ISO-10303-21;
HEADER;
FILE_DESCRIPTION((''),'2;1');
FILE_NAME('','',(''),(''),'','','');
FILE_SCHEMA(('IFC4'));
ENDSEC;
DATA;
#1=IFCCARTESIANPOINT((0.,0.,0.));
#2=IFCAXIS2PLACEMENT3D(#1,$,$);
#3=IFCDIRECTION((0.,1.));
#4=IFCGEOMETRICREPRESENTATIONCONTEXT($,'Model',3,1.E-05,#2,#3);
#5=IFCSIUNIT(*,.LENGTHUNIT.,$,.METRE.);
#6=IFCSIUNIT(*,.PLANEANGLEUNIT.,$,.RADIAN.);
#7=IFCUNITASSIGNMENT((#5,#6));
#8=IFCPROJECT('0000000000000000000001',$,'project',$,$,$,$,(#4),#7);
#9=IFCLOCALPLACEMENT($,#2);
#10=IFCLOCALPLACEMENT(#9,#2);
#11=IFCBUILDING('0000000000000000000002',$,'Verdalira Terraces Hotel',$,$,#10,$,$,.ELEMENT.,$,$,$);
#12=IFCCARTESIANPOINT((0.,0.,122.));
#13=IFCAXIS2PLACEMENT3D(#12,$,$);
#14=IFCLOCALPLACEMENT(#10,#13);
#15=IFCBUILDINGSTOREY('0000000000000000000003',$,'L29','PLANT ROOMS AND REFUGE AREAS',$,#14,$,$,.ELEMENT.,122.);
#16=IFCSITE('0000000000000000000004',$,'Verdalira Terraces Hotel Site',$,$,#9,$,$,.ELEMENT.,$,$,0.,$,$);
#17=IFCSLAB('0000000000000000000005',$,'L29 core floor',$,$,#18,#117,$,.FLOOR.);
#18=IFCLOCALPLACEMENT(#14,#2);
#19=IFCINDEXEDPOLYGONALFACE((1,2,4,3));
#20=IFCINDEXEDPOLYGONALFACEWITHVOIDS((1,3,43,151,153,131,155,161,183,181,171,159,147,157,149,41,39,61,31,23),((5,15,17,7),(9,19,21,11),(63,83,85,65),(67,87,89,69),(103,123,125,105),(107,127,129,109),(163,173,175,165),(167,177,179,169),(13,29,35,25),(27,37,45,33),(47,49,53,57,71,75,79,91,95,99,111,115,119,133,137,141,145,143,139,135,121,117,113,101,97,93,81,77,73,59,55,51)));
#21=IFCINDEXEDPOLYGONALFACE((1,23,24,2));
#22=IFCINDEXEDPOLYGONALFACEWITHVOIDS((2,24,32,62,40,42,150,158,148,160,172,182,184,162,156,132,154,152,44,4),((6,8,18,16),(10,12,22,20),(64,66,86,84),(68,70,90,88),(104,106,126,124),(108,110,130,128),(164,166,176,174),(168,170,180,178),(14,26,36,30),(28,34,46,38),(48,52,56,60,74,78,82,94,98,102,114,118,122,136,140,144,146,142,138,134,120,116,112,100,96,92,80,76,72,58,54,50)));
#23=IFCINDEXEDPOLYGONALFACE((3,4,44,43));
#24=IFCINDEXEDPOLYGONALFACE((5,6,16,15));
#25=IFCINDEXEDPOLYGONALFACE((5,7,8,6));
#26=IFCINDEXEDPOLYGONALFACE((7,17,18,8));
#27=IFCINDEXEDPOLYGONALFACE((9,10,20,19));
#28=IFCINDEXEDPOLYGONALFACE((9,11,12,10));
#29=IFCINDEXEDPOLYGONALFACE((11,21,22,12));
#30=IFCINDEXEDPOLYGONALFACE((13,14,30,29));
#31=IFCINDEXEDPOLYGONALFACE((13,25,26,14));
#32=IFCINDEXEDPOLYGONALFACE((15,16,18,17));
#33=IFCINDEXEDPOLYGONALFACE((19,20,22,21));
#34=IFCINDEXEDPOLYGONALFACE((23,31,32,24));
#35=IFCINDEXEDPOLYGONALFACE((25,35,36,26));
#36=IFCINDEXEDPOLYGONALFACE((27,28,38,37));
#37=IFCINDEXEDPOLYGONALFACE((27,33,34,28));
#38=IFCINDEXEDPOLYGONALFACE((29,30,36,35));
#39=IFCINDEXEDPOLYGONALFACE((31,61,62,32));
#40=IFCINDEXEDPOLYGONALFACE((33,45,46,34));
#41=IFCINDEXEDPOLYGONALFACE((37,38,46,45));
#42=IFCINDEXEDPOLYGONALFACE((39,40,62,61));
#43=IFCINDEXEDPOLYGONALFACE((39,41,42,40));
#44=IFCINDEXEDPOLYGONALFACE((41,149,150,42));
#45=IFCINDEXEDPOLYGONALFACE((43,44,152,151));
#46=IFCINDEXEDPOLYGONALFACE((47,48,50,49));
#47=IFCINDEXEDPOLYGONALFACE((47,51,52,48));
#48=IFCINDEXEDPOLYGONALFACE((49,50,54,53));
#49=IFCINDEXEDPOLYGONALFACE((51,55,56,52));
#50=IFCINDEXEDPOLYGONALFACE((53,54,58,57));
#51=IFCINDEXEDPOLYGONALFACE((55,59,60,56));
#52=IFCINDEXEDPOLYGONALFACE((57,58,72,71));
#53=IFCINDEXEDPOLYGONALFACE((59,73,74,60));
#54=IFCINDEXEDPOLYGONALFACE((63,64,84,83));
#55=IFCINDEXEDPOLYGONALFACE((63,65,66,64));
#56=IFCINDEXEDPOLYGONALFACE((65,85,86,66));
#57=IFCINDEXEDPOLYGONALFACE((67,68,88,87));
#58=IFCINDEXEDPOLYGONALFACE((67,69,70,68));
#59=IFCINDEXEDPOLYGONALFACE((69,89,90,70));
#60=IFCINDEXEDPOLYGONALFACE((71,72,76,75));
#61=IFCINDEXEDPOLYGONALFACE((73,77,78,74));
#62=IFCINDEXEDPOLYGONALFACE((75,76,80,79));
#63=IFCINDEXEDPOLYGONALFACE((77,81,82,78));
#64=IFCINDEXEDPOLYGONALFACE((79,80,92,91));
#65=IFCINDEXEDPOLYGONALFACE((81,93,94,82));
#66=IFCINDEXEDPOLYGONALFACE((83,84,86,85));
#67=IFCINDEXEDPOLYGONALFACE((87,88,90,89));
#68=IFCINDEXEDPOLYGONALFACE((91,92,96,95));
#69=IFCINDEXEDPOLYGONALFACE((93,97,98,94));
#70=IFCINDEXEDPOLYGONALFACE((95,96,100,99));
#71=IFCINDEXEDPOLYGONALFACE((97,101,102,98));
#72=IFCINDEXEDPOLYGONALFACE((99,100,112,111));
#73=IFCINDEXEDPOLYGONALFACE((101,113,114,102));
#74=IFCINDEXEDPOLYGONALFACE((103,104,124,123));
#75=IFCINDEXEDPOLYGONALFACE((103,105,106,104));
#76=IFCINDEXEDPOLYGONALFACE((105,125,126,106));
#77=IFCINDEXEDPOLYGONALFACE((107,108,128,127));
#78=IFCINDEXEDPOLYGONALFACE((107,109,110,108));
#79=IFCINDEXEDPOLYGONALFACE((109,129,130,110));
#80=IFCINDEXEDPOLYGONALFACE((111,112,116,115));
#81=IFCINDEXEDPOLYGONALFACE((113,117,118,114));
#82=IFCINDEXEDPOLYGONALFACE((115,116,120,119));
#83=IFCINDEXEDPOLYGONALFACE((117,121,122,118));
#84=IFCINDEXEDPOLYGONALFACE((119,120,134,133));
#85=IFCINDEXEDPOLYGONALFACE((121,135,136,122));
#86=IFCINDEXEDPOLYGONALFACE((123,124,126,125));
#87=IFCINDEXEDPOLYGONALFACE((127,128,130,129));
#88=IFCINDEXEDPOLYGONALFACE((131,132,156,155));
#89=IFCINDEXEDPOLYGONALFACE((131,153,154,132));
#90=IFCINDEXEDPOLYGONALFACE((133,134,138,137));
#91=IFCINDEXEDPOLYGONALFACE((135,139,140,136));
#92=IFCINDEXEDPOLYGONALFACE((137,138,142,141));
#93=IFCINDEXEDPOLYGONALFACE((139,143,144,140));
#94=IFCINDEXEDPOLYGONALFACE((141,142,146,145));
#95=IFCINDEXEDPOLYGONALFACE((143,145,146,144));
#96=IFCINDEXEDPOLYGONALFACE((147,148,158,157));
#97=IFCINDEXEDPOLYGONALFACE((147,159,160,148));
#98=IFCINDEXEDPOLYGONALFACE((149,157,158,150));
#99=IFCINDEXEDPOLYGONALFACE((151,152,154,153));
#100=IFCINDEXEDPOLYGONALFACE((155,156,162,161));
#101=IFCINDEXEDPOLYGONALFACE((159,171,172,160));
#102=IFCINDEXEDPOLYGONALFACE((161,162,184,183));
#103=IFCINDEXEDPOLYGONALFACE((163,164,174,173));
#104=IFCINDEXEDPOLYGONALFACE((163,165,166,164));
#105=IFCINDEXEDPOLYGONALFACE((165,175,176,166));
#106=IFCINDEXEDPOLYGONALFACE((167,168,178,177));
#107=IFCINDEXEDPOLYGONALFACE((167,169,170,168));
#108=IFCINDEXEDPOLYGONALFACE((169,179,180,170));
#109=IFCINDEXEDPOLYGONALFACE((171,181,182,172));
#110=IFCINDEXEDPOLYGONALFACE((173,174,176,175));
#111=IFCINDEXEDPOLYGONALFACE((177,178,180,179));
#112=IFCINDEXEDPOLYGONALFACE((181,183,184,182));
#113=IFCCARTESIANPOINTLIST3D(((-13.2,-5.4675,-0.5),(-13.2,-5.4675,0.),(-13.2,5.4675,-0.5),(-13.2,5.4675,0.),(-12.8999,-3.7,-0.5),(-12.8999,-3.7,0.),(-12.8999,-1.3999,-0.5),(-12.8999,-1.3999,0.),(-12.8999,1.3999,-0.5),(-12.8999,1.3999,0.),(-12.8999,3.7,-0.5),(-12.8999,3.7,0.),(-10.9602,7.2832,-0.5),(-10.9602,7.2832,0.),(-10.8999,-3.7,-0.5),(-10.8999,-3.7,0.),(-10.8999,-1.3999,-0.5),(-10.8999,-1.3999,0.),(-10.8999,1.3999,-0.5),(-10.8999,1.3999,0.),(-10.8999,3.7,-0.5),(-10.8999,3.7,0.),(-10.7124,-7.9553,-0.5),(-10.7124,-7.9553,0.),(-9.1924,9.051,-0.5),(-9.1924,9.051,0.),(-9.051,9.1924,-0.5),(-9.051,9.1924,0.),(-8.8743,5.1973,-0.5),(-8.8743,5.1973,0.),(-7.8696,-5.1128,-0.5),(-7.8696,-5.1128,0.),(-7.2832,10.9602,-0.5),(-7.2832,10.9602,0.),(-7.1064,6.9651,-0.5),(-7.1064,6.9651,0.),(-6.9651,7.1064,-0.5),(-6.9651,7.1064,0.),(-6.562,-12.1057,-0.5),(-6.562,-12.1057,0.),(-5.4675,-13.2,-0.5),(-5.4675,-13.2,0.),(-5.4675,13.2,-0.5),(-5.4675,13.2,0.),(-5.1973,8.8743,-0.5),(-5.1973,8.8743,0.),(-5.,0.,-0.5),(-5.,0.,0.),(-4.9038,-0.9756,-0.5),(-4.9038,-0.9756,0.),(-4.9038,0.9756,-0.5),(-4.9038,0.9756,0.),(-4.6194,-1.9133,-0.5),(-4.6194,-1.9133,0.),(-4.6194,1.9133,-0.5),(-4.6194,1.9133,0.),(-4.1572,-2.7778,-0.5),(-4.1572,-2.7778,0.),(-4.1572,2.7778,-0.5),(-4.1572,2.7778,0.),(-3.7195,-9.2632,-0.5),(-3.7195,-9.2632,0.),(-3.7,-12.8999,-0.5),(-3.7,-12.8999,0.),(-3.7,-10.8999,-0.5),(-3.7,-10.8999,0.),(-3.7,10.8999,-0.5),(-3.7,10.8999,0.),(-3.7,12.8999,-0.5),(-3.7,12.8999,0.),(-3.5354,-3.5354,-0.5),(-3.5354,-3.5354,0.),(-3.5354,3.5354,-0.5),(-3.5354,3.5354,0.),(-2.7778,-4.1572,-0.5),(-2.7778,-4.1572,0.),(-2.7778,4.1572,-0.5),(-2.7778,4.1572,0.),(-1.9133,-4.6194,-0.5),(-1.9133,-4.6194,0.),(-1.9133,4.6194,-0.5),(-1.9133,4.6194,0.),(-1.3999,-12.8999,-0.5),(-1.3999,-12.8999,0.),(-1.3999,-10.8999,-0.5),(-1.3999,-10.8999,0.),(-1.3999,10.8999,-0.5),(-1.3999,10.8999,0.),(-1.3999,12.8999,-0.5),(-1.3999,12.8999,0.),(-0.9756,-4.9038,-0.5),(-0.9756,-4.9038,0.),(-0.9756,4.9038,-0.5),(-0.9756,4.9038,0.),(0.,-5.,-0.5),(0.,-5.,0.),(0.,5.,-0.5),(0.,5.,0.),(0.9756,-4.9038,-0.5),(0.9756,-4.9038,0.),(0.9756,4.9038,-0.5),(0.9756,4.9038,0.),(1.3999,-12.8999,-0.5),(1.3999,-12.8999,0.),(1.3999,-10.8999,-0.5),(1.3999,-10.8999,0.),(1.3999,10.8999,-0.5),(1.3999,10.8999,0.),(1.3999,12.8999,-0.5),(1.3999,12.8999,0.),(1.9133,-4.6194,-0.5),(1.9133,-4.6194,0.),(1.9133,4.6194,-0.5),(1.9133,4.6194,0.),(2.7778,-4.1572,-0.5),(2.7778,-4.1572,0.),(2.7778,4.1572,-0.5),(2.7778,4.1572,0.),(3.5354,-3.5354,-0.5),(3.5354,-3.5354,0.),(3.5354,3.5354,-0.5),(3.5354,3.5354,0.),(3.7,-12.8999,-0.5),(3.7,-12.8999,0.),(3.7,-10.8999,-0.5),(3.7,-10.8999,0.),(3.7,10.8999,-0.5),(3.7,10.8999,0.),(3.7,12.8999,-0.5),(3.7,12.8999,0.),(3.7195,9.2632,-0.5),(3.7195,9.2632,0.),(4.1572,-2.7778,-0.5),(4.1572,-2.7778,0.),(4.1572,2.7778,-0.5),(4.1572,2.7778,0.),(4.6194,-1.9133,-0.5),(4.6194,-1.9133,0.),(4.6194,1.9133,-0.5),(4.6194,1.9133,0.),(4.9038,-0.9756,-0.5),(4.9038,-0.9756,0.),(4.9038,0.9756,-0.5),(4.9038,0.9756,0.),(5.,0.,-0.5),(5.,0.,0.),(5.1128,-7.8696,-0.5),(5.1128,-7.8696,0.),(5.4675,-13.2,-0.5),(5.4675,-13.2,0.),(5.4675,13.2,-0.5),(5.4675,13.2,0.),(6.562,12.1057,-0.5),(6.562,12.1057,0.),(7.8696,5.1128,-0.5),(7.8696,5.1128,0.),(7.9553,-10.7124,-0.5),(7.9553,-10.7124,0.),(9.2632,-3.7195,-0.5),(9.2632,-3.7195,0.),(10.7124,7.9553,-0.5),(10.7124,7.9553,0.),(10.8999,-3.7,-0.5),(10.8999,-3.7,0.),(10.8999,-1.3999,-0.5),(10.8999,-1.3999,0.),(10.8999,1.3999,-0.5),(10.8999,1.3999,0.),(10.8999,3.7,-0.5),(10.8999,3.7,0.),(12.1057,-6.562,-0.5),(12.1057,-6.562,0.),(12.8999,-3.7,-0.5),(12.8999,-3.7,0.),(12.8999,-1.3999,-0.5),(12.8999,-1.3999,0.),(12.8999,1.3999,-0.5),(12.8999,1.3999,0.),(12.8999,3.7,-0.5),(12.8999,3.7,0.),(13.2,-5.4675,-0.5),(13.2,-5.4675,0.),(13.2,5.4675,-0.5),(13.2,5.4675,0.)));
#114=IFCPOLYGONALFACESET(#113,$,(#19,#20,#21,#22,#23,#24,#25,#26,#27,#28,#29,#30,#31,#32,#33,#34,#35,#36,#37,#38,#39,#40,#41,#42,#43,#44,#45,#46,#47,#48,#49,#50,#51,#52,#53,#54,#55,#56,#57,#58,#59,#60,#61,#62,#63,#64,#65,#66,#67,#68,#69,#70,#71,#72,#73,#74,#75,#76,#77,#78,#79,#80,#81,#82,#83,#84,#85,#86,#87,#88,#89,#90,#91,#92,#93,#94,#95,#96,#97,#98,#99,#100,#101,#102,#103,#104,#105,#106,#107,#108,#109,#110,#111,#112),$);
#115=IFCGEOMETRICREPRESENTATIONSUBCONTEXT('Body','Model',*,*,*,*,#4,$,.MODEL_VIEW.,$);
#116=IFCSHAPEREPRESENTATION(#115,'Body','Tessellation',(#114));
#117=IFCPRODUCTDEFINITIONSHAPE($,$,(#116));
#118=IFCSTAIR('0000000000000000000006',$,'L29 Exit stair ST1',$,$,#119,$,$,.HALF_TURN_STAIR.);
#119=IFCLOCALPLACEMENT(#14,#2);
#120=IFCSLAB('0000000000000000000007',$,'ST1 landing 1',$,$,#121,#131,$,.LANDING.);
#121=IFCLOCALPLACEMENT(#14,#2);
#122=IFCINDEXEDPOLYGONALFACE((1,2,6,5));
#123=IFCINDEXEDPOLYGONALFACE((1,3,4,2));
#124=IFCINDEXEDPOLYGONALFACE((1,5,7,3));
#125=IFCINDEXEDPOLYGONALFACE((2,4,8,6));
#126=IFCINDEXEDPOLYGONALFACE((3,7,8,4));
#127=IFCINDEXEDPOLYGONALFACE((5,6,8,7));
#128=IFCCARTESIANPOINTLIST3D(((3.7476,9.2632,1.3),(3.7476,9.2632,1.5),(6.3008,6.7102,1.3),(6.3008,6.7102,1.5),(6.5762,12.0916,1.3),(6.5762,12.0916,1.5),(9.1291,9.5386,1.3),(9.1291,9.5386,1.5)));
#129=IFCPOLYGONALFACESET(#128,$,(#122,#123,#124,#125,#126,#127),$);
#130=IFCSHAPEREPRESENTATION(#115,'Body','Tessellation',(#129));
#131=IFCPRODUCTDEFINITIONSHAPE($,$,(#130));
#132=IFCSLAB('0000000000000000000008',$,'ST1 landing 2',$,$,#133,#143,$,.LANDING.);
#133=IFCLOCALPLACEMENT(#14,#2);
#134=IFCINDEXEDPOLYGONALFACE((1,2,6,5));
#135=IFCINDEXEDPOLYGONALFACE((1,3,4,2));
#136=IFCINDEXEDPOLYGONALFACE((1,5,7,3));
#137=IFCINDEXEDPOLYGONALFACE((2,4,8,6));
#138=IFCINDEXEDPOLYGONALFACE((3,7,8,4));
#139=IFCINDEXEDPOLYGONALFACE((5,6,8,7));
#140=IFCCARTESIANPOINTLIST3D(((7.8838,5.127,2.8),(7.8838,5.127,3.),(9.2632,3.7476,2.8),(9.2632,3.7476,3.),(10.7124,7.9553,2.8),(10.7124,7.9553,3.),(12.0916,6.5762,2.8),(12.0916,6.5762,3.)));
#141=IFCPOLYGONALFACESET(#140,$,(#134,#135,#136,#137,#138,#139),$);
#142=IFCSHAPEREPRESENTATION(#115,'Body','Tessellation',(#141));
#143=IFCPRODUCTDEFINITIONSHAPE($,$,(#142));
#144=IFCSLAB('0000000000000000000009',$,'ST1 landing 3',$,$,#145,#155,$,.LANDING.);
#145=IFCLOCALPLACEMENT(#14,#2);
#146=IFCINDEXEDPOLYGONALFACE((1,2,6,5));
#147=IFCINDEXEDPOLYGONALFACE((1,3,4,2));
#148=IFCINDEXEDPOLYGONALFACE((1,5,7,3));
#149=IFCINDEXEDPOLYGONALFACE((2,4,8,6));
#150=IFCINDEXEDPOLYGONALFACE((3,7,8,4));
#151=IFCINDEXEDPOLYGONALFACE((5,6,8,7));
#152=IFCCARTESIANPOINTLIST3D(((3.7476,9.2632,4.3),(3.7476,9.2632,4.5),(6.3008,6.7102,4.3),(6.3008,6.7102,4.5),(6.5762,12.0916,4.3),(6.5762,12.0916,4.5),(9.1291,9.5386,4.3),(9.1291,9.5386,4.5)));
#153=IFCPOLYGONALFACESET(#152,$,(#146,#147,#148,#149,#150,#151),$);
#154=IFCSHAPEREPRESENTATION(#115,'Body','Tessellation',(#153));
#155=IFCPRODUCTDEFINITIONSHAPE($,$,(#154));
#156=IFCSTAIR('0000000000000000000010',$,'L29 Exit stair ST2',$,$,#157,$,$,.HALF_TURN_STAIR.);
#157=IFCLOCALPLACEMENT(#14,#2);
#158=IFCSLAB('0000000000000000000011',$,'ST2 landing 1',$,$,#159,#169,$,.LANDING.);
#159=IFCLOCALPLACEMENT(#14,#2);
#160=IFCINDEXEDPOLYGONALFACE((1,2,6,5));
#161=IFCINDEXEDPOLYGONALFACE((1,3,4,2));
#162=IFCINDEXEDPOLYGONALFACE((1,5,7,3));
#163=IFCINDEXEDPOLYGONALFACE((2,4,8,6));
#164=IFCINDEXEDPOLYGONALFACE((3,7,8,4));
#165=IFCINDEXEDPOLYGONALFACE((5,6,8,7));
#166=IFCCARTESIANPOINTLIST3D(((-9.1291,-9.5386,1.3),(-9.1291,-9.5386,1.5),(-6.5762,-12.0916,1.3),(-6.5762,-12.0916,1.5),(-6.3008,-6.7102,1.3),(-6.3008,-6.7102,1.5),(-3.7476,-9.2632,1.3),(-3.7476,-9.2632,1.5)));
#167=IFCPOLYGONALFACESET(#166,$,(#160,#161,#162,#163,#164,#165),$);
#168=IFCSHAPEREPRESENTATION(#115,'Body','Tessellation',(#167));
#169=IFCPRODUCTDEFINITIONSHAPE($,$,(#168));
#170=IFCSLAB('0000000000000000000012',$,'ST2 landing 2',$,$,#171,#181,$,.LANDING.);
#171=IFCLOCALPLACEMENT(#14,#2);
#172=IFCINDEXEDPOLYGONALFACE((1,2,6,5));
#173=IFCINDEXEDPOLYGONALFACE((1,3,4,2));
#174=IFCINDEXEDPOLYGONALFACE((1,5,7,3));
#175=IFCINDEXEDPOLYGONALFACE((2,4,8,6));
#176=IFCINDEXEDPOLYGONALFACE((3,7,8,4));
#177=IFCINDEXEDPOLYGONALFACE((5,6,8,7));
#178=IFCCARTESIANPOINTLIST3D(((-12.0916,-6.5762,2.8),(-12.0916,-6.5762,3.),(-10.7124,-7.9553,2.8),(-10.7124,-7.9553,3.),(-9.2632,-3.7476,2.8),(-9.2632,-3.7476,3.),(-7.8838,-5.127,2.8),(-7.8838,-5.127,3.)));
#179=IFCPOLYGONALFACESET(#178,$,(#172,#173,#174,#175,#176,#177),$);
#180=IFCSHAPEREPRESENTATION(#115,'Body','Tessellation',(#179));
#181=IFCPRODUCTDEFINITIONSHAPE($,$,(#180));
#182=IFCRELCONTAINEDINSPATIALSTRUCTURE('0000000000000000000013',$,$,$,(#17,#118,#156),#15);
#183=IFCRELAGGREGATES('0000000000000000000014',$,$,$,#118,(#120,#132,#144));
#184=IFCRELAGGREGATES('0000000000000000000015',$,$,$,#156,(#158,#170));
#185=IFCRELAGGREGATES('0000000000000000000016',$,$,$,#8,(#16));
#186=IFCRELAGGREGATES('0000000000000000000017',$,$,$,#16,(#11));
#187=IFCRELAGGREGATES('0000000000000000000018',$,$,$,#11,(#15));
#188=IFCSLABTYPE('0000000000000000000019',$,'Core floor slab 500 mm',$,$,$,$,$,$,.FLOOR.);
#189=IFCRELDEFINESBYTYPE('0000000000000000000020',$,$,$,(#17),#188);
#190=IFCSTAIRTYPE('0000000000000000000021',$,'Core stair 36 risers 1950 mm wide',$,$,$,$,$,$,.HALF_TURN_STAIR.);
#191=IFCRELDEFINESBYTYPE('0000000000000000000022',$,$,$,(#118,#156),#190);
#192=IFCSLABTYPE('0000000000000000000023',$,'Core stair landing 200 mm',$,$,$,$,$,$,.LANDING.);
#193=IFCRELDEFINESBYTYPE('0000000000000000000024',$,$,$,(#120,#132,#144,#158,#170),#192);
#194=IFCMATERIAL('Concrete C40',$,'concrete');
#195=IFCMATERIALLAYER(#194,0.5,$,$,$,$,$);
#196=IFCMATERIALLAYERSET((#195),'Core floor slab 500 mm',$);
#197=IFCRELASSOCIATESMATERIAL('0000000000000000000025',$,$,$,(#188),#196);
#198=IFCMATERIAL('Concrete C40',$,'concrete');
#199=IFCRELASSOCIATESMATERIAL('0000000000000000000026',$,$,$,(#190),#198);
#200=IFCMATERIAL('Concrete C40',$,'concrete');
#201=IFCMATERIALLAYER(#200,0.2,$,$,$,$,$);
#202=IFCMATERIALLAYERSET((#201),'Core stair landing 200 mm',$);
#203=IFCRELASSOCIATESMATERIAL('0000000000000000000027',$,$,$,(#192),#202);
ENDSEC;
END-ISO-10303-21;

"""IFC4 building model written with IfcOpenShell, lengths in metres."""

from ifc_helpers import new_model, si_unit, direction, frame, origin, place, context, subcontext, project, spatial, polyline, outline, extrude, material, layer, layer_set, type_object, element, aggregate, save


model = new_model("IFC4")

# Units and contexts
model_context = context("Model", 3, precision=1e-05, world=origin(), true_north=direction((0.0, 1.0)))
body_context = subcontext(model_context, "Body", "Model", "MODEL_VIEW")
ifc_project = project(units=[si_unit("LENGTHUNIT", "METRE"), si_unit("PLANEANGLEUNIT", "RADIAN")], contexts=[model_context])

# Site, building, storey
site_placement = place(None, origin())
site = spatial("IfcSite", under=ifc_project, at=site_placement, Name="Verdalira Terraces Hotel Site", CompositionType="ELEMENT", RefElevation=0.0)
building_placement = place(site_placement, origin())
building = spatial("IfcBuilding", under=site, at=building_placement, Name="Verdalira Terraces Hotel", CompositionType="ELEMENT")
storey_placement = place(building_placement, frame((0.0, 0.0, 122.0)))
storey = spatial("IfcBuildingStorey", under=building, at=storey_placement, Name="L29", Description="PLANT ROOMS AND REFUGE AREAS", CompositionType="ELEMENT", Elevation=122.0)

# Slab
ifc_material_1 = material(Name="Concrete C40", Category="concrete")
ifc_layer_1 = layer(ifc_material_1, 0.5)
ifc_layer_set_1 = layer_set([ifc_layer_1], Name="Core floor slab 500 mm")
slab_type_1 = type_object("IfcSlabType", Name="Core floor slab 500 mm", PredefinedType="FLOOR", material=ifc_layer_set_1)
slab_1_placement = place(storey_placement, frame((0.0, 0.0, -0.5)))
element("IfcSlab", 1, at=slab_1_placement, inside=storey, type_object=slab_type_1, Name="L29 core floor", PredefinedType="FLOOR", context=body_context, shape_type="SweptSolid", body=[
    extrude(outline(polyline([(-5.4675, 13.2), (5.4675, 13.2), (6.562, 12.1057), (3.7195, 9.2632), (7.8696, 5.1128), (10.7124, 7.9553), (13.2, 5.4675), (13.2, -5.4675), (12.1057, -6.562), (9.2632, -3.7195), (5.1128, -7.8696), (7.9553, -10.7124), (5.4675, -13.2), (-5.4675, -13.2), (-6.562, -12.1057), (-3.7195, -9.2632), (-7.8696, -5.1128), (-10.7124, -7.9553), (-13.2, -5.4675), (-13.2, 5.4675), (-5.4675, 13.2)]), holes=[polyline([(12.8999, -3.7), (12.8999, -1.3999), (10.8999, -1.3999), (10.8999, -3.7), (12.8999, -3.7)]), polyline([(12.8999, 1.3999), (12.8999, 3.7), (10.8999, 3.7), (10.8999, 1.3999), (12.8999, 1.3999)]), polyline([(1.3999, 10.8999), (3.7, 10.8999), (3.7, 12.8999), (1.3999, 12.8999), (1.3999, 10.8999)]), polyline([(-3.7, 10.8999), (-1.3999, 10.8999), (-1.3999, 12.8999), (-3.7, 12.8999), (-3.7, 10.8999)]), polyline([(-12.8999, 3.7), (-12.8999, 1.3999), (-10.8999, 1.3999), (-10.8999, 3.7), (-12.8999, 3.7)]), polyline([(-12.8999, -1.3999), (-12.8999, -3.7), (-10.8999, -3.7), (-10.8999, -1.3999), (-12.8999, -1.3999)]), polyline([(-1.3999, -10.8999), (-3.7, -10.8999), (-3.7, -12.8999), (-1.3999, -12.8999), (-1.3999, -10.8999)]), polyline([(3.7, -10.8999), (1.3999, -10.8999), (1.3999, -12.8999), (3.7, -12.8999), (3.7, -10.8999)]), polyline([(-9.051, 9.1924), (-6.9651, 7.1064), (-5.1973, 8.8743), (-7.2832, 10.9602), (-9.051, 9.1924)]), polyline([(-9.1924, 9.051), (-10.9602, 7.2832), (-8.8743, 5.1973), (-7.1064, 6.9651), (-9.1924, 9.051)]), polyline([(3.5354, 3.5354), (2.7778, 4.1572), (1.9133, 4.6194), (0.9756, 4.9038), (0.0, 5.0), (-0.9756, 4.9038), (-1.9133, 4.6194), (-2.7778, 4.1572), (-3.5354, 3.5354), (-4.1572, 2.7778), (-4.6194, 1.9133), (-4.9038, 0.9756), (-5.0, 0.0), (-4.9038, -0.9756), (-4.6194, -1.9133), (-4.1572, -2.7778), (-3.5354, -3.5354), (-2.7778, -4.1572), (-1.9133, -4.6194), (-0.9756, -4.9038), (0.0, -5.0), (0.9756, -4.9038), (1.9133, -4.6194), (2.7778, -4.1572), (3.5354, -3.5354), (4.1572, -2.7778), (4.6194, -1.9133), (4.9038, -0.9756), (5.0, 0.0), (4.9038, 0.9756), (4.6194, 1.9133), (4.1572, 2.7778), (3.5354, 3.5354)])]), origin(), (0.0, 0.0, 1.0), 0.5),
])

# Stairs, slabs
ifc_material_2 = material(Name="Concrete C40", Category="concrete")
stair_type = type_object("IfcStairType", Name="Core stair 36 risers 1950 mm wide", PredefinedType="HALF_TURN_STAIR", material=ifc_material_2)
stair_1_placement = place(storey_placement, origin())
stair_1 = element("IfcStair", 2, at=stair_1_placement, inside=storey, type_object=stair_type, Name="L29 Exit stair ST1", PredefinedType="HALF_TURN_STAIR")
ifc_material_3 = material(Name="Concrete C40", Category="concrete")
ifc_layer_2 = layer(ifc_material_3, 0.2)
ifc_layer_set_2 = layer_set([ifc_layer_2], Name="Core stair landing 200 mm")
slab_type_2 = type_object("IfcSlabType", Name="Core stair landing 200 mm", PredefinedType="LANDING", material=ifc_layer_set_2)
slab_2_placement = place(storey_placement, frame((0.0, 0.0, 1.3)))
slab_2 = element("IfcSlab", 3, at=slab_2_placement, type_object=slab_type_2, Name="ST1 landing 1", PredefinedType="LANDING", context=body_context, shape_type="SweptSolid", body=[
    extrude(outline(polyline([(9.1291, 9.5386), (6.5762, 12.0916), (3.7476, 9.2632), (6.3008, 6.7102), (9.1291, 9.5386)])), origin(), (0.0, 0.0, 1.0), 0.2),
])
slab_3_placement = place(storey_placement, frame((0.0, 0.0, 2.8)))
slab_3 = element("IfcSlab", 4, at=slab_3_placement, type_object=slab_type_2, Name="ST1 landing 2", PredefinedType="LANDING", context=body_context, shape_type="SweptSolid", body=[
    extrude(outline(polyline([(12.0916, 6.5762), (10.7124, 7.9553), (7.8838, 5.127), (9.2632, 3.7476), (12.0916, 6.5762)])), origin(), (0.0, 0.0, 1.0), 0.2),
])
slab_4_placement = place(storey_placement, frame((0.0, 0.0, 4.3)))
slab_4 = element("IfcSlab", 5, at=slab_4_placement, type_object=slab_type_2, Name="ST1 landing 3", PredefinedType="LANDING", context=body_context, shape_type="SweptSolid", body=[
    extrude(outline(polyline([(9.1291, 9.5386), (6.5762, 12.0916), (3.7476, 9.2632), (6.3008, 6.7102), (9.1291, 9.5386)])), origin(), (0.0, 0.0, 1.0), 0.2),
])
aggregate(stair_1, [slab_2, slab_3, slab_4])
stair_2_placement = place(storey_placement, origin())
stair_2 = element("IfcStair", 6, at=stair_2_placement, inside=storey, type_object=stair_type, Name="L29 Exit stair ST2", PredefinedType="HALF_TURN_STAIR")
slab_5_placement = place(storey_placement, frame((0.0, 0.0, 1.3)))
slab_5 = element("IfcSlab", 7, at=slab_5_placement, type_object=slab_type_2, Name="ST2 landing 1", PredefinedType="LANDING", context=body_context, shape_type="SweptSolid", body=[
    extrude(outline(polyline([(-9.1291, -9.5386), (-6.5762, -12.0916), (-3.7476, -9.2632), (-6.3008, -6.7102), (-9.1291, -9.5386)])), origin(), (0.0, 0.0, 1.0), 0.2),
])
slab_6_placement = place(storey_placement, frame((0.0, 0.0, 2.8)))
slab_6 = element("IfcSlab", 8, at=slab_6_placement, type_object=slab_type_2, Name="ST2 landing 2", PredefinedType="LANDING", context=body_context, shape_type="SweptSolid", body=[
    extrude(outline(polyline([(-12.0916, -6.5762), (-10.7124, -7.9553), (-7.8838, -5.127), (-9.2632, -3.7476), (-12.0916, -6.5762)])), origin(), (0.0, 0.0, 1.0), 0.2),
])
aggregate(stair_2, [slab_5, slab_6])

save(model, "model.ifc")
